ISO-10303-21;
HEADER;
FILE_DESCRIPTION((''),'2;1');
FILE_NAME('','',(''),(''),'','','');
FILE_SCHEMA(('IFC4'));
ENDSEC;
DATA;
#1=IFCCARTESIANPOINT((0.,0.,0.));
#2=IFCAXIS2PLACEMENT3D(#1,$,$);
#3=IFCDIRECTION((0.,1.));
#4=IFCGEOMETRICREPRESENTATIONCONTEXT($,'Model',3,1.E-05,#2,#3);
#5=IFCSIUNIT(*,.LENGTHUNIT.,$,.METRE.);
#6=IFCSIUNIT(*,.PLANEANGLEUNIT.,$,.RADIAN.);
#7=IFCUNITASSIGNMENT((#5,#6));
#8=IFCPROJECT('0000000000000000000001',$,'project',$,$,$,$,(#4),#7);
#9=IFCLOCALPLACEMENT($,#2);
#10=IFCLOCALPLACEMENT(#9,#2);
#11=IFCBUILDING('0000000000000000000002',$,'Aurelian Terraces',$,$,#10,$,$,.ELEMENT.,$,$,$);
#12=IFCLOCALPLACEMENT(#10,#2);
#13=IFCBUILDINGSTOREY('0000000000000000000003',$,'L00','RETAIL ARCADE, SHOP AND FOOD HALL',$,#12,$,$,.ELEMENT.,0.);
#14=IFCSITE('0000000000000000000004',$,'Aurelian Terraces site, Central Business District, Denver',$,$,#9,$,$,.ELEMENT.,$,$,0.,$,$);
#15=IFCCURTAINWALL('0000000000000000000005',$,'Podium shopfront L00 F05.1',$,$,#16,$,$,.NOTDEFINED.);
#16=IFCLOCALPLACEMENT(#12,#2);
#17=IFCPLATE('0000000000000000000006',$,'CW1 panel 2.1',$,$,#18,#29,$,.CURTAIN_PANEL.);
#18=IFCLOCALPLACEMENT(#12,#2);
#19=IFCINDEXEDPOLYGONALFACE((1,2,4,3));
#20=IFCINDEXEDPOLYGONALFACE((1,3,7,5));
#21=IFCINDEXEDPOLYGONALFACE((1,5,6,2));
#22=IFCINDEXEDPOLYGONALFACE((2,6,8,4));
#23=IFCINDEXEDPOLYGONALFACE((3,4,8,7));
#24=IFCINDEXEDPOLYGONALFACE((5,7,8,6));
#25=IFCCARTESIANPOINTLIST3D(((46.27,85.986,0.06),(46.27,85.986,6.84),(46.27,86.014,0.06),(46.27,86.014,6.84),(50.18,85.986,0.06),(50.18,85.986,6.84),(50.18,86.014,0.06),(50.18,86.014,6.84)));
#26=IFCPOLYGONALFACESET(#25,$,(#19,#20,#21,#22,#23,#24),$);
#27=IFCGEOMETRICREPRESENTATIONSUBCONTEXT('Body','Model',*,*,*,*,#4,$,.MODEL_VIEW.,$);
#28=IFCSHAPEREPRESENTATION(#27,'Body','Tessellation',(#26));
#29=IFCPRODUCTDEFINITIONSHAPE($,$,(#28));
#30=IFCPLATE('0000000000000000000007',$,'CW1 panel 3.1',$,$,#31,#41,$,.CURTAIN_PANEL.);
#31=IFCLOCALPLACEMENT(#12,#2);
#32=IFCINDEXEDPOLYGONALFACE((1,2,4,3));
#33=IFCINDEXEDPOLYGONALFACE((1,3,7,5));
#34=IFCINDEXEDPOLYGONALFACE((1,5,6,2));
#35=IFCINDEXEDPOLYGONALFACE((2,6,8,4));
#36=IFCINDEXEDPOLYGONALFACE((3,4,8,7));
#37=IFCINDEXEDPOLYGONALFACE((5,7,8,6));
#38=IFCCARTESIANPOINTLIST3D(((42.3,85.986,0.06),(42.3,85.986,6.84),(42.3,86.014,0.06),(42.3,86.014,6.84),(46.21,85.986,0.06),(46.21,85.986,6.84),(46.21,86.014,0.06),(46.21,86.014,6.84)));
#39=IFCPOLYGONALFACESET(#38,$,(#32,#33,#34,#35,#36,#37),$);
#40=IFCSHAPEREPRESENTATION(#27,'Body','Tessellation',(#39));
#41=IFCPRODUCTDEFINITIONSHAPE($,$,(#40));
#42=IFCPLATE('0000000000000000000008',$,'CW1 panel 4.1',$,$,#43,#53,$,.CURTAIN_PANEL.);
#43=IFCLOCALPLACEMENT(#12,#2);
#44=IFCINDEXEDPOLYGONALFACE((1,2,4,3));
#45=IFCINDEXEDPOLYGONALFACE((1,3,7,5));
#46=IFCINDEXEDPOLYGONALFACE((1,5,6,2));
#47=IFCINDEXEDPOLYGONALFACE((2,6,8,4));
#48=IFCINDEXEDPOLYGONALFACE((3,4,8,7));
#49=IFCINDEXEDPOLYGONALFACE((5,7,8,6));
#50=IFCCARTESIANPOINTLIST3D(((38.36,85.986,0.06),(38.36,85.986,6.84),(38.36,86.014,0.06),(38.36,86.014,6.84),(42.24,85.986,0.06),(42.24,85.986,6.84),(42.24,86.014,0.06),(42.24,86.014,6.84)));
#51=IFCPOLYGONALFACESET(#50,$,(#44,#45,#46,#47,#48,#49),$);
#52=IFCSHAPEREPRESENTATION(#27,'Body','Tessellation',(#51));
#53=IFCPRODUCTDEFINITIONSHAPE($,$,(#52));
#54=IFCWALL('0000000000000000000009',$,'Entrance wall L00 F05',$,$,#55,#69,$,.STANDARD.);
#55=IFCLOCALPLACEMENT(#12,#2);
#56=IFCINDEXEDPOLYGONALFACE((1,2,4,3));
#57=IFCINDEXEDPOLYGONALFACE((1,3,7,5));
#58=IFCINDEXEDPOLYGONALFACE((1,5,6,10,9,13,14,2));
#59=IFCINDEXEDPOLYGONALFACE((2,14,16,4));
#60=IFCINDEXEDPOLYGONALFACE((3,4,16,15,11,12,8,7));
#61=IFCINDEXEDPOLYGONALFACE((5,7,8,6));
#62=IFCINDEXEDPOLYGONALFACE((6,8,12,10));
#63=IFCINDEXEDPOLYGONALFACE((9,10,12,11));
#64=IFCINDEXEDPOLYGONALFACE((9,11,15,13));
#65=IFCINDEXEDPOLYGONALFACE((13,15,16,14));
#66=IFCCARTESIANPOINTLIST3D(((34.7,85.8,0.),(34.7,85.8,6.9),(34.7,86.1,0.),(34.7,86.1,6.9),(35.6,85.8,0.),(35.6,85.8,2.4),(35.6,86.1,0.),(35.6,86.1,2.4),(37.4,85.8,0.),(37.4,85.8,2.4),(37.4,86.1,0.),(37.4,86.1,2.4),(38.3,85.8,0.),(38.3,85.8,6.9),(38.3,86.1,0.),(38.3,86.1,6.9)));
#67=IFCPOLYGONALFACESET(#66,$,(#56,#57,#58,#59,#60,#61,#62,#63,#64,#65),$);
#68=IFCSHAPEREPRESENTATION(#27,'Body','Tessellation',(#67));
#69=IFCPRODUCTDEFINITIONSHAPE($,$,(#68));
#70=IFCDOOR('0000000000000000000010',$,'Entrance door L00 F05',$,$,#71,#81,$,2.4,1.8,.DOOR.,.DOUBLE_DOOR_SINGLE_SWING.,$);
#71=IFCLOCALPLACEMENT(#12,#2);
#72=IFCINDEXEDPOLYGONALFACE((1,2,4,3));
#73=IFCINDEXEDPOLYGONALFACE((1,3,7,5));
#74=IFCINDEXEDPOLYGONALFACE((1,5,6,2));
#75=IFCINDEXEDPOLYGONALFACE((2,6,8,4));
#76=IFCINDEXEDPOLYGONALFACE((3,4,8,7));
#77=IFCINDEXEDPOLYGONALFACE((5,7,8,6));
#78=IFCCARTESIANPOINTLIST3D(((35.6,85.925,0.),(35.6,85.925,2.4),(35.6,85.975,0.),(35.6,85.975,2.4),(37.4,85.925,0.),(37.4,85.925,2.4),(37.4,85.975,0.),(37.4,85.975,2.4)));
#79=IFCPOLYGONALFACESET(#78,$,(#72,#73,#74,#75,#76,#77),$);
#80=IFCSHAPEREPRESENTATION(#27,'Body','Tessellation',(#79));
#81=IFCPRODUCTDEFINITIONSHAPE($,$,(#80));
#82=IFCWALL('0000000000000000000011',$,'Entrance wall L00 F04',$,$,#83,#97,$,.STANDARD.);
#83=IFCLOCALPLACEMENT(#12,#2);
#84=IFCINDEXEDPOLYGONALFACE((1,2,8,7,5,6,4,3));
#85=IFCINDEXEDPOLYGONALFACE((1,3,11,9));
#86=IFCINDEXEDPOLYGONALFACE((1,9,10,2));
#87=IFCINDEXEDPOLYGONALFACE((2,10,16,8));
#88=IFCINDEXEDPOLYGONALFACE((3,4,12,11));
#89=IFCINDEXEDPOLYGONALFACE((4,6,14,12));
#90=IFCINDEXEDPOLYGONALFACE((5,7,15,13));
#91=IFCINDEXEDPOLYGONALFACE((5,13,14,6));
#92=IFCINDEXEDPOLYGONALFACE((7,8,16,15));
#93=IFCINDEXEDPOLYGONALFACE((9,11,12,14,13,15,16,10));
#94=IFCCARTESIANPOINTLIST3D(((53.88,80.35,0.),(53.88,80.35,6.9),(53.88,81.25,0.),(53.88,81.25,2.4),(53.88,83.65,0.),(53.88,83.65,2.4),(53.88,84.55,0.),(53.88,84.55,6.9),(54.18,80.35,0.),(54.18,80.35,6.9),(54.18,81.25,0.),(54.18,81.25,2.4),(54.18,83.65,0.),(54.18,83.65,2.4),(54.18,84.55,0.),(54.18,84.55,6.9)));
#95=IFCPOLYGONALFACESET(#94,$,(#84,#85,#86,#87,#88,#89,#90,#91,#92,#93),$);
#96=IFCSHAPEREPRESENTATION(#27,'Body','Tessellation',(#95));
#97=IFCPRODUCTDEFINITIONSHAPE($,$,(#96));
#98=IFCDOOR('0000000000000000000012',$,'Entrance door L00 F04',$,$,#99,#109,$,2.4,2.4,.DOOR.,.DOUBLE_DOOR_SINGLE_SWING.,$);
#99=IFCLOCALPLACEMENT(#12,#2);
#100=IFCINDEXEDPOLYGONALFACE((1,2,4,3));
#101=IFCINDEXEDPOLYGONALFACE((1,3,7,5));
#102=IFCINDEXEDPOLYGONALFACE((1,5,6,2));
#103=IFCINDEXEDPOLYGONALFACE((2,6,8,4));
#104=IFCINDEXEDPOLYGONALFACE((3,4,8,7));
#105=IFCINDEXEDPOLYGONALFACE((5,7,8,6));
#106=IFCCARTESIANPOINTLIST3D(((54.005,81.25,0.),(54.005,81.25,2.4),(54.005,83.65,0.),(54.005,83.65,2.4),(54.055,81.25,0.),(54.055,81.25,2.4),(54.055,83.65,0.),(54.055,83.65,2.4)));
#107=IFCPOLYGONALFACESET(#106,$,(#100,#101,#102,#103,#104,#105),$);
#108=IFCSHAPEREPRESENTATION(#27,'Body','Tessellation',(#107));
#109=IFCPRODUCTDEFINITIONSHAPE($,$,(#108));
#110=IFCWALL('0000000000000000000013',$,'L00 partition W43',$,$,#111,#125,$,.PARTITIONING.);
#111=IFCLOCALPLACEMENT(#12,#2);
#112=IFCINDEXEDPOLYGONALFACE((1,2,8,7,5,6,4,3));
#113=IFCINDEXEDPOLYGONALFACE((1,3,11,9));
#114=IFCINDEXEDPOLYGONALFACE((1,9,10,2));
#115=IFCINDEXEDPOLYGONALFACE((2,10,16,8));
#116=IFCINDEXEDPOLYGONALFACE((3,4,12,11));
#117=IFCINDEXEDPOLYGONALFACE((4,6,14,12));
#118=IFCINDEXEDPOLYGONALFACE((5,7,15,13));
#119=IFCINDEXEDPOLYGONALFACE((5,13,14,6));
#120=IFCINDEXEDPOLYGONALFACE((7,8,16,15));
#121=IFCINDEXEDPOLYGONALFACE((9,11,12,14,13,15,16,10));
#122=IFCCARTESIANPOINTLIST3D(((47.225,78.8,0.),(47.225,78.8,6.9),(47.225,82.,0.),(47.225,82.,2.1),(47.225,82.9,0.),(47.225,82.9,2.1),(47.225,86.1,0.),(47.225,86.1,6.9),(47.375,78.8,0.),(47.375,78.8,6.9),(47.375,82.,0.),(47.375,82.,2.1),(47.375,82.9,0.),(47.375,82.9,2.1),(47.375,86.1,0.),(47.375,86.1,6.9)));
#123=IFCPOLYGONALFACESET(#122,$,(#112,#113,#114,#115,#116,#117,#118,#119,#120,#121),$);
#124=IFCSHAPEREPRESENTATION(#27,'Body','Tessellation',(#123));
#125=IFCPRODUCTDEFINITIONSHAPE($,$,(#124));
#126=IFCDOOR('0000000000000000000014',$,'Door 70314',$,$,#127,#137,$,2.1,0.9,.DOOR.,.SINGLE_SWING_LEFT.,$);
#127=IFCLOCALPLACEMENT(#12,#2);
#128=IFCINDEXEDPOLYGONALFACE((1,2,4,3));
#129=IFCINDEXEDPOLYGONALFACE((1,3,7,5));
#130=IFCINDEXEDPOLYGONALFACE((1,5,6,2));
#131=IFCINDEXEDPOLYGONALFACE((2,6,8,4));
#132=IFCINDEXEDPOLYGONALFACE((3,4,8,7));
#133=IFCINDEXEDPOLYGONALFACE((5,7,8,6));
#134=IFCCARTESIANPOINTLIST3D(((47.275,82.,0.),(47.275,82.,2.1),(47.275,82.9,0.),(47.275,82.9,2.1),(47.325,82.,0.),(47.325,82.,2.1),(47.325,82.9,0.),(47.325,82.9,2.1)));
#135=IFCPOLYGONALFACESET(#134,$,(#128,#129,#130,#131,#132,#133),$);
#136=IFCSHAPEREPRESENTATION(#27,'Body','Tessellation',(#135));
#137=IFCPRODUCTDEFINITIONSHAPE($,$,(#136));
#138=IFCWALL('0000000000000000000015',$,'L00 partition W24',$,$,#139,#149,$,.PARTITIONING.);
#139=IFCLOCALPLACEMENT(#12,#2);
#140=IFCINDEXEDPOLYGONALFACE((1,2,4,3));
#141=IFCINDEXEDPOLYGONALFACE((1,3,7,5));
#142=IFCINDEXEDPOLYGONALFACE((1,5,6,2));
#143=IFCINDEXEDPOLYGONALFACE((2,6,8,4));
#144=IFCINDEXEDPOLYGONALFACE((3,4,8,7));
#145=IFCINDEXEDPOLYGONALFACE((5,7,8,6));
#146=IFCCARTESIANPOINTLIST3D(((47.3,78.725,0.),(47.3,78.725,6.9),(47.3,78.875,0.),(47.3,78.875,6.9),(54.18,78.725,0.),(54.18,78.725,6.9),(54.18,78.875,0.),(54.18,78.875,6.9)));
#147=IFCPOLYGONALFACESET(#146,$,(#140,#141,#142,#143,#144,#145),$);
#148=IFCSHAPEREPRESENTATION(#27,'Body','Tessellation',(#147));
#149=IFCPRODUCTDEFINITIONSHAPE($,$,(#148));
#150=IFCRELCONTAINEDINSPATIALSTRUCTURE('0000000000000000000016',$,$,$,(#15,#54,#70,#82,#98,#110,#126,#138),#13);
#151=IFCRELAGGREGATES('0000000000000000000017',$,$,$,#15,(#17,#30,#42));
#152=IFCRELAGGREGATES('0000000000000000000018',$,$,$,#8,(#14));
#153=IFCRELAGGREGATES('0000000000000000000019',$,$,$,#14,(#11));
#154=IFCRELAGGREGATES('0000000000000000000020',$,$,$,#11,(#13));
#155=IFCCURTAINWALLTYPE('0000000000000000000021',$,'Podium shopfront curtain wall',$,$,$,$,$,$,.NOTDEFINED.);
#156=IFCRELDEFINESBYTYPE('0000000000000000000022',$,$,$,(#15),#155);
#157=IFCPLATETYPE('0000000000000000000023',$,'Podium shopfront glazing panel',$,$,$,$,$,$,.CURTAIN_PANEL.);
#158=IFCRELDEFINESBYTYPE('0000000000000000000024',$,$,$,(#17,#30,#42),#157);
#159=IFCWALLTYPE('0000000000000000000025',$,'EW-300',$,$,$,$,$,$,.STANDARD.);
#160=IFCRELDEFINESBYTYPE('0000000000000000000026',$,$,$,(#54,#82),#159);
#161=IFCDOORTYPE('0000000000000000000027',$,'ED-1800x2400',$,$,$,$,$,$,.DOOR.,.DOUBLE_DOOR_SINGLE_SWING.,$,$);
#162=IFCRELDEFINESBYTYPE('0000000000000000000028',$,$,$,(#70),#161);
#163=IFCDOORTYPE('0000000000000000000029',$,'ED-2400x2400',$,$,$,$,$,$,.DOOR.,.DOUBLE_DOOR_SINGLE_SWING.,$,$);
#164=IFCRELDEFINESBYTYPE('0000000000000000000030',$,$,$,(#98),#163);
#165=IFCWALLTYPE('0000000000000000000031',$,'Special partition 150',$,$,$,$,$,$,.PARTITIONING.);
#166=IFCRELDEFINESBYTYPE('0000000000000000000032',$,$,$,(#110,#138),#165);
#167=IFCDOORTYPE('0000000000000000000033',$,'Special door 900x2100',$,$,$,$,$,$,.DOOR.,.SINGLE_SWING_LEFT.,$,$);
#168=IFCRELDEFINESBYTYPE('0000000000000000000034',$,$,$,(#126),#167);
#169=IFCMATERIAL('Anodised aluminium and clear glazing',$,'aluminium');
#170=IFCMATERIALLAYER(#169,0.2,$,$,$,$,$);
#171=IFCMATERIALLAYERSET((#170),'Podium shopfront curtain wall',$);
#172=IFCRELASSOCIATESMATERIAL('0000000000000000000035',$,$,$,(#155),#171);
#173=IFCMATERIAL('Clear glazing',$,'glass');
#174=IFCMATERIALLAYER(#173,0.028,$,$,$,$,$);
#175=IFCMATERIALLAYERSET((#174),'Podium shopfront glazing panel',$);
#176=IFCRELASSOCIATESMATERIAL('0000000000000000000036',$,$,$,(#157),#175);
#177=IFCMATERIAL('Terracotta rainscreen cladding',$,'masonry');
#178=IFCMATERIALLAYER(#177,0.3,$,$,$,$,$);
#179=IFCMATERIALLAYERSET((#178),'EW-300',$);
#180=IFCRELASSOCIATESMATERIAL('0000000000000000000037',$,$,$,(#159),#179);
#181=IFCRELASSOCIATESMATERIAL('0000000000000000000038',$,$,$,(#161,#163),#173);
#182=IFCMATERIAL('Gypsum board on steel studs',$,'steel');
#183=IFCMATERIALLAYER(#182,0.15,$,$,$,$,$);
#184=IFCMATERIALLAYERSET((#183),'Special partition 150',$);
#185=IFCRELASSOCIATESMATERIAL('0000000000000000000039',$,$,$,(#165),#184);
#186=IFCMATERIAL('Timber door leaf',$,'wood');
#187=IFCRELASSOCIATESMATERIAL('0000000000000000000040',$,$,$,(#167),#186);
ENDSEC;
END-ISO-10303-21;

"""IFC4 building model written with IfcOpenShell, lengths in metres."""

from ifc_helpers import new_model, si_unit, direction, frame, frame_2d, origin, origin_2d, place, context, subcontext, project, spatial, rectangle, extrude, source, transform, mapped, material, layer, layer_set, type_object, element, fill, aggregate, save


model = new_model("IFC4")

# Units and contexts
model_context = context("Model", 3, precision=1e-05, world=origin(), true_north=direction((0.0, 1.0)))
body_context = subcontext(model_context, "Body", "Model", "MODEL_VIEW")
ifc_project = project(units=[si_unit("LENGTHUNIT", "METRE"), si_unit("PLANEANGLEUNIT", "RADIAN")], contexts=[model_context])

# Site, building, storey
site_placement = place(None, origin())
site = spatial("IfcSite", under=ifc_project, at=site_placement, Name="Aurelian Terraces site, Central Business District, Denver", CompositionType="ELEMENT", RefElevation=0.0)
building_placement = place(site_placement, origin())
building = spatial("IfcBuilding", under=site, at=building_placement, Name="Aurelian Terraces", CompositionType="ELEMENT")
storey_placement = place(building_placement, origin())
storey = spatial("IfcBuildingStorey", under=building, at=storey_placement, Name="L00", Description="RETAIL ARCADE, SHOP AND FOOD HALL", CompositionType="ELEMENT", Elevation=0.0)

# Curtain wall
ifc_material_1 = material(Name="Anodised aluminium and clear glazing", Category="aluminium")
ifc_layer_1 = layer(ifc_material_1, 0.2)
ifc_layer_set_1 = layer_set([ifc_layer_1], Name="Podium shopfront curtain wall")
curtain_wall_type = type_object("IfcCurtainWallType", Name="Podium shopfront curtain wall", PredefinedType="NOTDEFINED", material=ifc_layer_set_1)
curtain_wall_1_placement = place(storey_placement, origin())
curtain_wall_1 = element("IfcCurtainWall", 1, at=curtain_wall_1_placement, inside=storey, type_object=curtain_wall_type, Name="Podium shopfront L00 F05.1", PredefinedType="NOTDEFINED")

# Plates
ifc_material_2 = material(Name="Clear glazing", Category="glass")
ifc_layer_2 = layer(ifc_material_2, 0.028)
ifc_layer_set_2 = layer_set([ifc_layer_2], Name="Podium shopfront glazing panel")
plate_type = type_object("IfcPlateType", Name="Podium shopfront glazing panel", PredefinedType="CURTAIN_PANEL", material=ifc_layer_set_2)
plate_1_placement = place(storey_placement, frame((48.225, 86.0, 0.06), z_axis=(0.0, 0.0, 1.0), x_axis=(-1.0, 0.0, 0.0)))
plate_1 = element("IfcPlate", 2, at=plate_1_placement, type_object=plate_type, Name="CW1 panel 2.1", PredefinedType="CURTAIN_PANEL", context=body_context, shape_type="SweptSolid", body=[
    extrude(rectangle(XDim=3.91, YDim=0.028, at=origin_2d()), origin(), (0.0, 0.0, 1.0), 6.78),
])
shared_shape_1 = source(origin(), body_context, "Body", "SweptSolid", [
    extrude(rectangle(XDim=3.91, YDim=0.028, at=origin_2d()), origin(), (0.0, 0.0, 1.0), 6.78),
])
plate_2_placement = place(storey_placement, frame((44.255, 86.0, 0.06), z_axis=(0.0, 0.0, 1.0), x_axis=(-1.0, 0.0, 0.0)))
plate_2 = element("IfcPlate", 3, at=plate_2_placement, type_object=plate_type, Name="CW1 panel 3.1", PredefinedType="CURTAIN_PANEL", context=body_context, shape_type="MappedRepresentation", body=[
    mapped(shared_shape_1, transform((0.0, 0.0, 0.0), scale=1.0)),
])
shared_shape_2 = source(origin(), body_context, "Body", "SweptSolid", [
    extrude(rectangle(XDim=3.88, YDim=0.028, at=origin_2d()), origin(), (0.0, 0.0, 1.0), 6.78),
])
plate_3_placement = place(storey_placement, frame((40.3, 86.0, 0.06), z_axis=(0.0, 0.0, 1.0), x_axis=(-1.0, 0.0, 0.0)))
plate_3 = element("IfcPlate", 4, at=plate_3_placement, type_object=plate_type, Name="CW1 panel 4.1", PredefinedType="CURTAIN_PANEL", context=body_context, shape_type="MappedRepresentation", body=[
    mapped(shared_shape_2, transform((0.0, 0.0, 0.0), scale=1.0)),
])
aggregate(curtain_wall_1, [plate_1, plate_2, plate_3])

# Walls, openings, doors
ifc_material_3 = material(Name="Terracotta rainscreen cladding", Category="masonry")
ifc_layer_3 = layer(ifc_material_3, 0.3)
ifc_layer_set_3 = layer_set([ifc_layer_3], Name="EW-300")
wall_type_1 = type_object("IfcWallType", Name="EW-300", PredefinedType="STANDARD", material=ifc_layer_set_3)
shared_shape_3 = source(origin(), body_context, "Body", "SweptSolid", [
    extrude(rectangle(XDim=3.6, YDim=0.3, at=frame_2d((1.8, 0.0))), origin(), (0.0, 0.0, 1.0), 6.9),
])
wall_1_placement = place(storey_placement, frame((38.3, 85.95, 0.0), z_axis=(0.0, 0.0, 1.0), x_axis=(-1.0, 0.0, 0.0)))
wall_1 = element("IfcWall", 5, at=wall_1_placement, inside=storey, type_object=wall_type_1, Name="Entrance wall L00 F05", PredefinedType="STANDARD", context=body_context, shape_type="MappedRepresentation", body=[
    mapped(shared_shape_3, transform((0.0, 0.0, 0.0), scale=1.0)),
])
shared_shape_4 = source(origin(), body_context, "Body", "SweptSolid", [
    extrude(rectangle(XDim=1.8, YDim=2.4, at=frame_2d((0.9, 1.2))), frame((0.0, 0.16, 0.0), z_axis=(0.0, -1.0, 0.0), x_axis=(1.0, 0.0, 0.0)), (0.0, 0.0, 1.0), 0.32),
])
opening_1_placement = place(wall_1_placement, frame((0.9, 0.0, 0.0)))
opening_1 = element("IfcOpeningElement", 6, at=opening_1_placement, cuts=wall_1, PredefinedType="OPENING", context=body_context, shape_type="MappedRepresentation", body=[
    mapped(shared_shape_4, transform((0.0, 0.0, 0.0), scale=1.0)),
])
door_type_1 = type_object("IfcDoorType", Name="ED-1800x2400", OperationType="DOUBLE_DOOR_SINGLE_SWING", PredefinedType="DOOR", material=ifc_material_2)
shared_shape_5 = source(origin(), body_context, "Body", "SweptSolid", [
    extrude(rectangle(XDim=1.8, YDim=2.4, at=frame_2d((0.9, 1.2))), frame((0.0, 0.025, 0.0), z_axis=(0.0, -1.0, 0.0), x_axis=(1.0, 0.0, 0.0)), (0.0, 0.0, 1.0), 0.05),
])
door_1_placement = place(opening_1_placement, origin())
door_1 = element("IfcDoor", 7, at=door_1_placement, inside=storey, type_object=door_type_1, Name="Entrance door L00 F05", OperationType="DOUBLE_DOOR_SINGLE_SWING", OverallHeight=2.4, OverallWidth=1.8, PredefinedType="DOOR", context=body_context, shape_type="MappedRepresentation", body=[
    mapped(shared_shape_5, transform((0.0, 0.0, 0.0), scale=1.0)),
])
fill(opening_1, door_1)
shared_shape_6 = source(origin(), body_context, "Body", "SweptSolid", [
    extrude(rectangle(XDim=4.2, YDim=0.3, at=frame_2d((2.1, 0.0))), origin(), (0.0, 0.0, 1.0), 6.9),
])
wall_2_placement = place(storey_placement, frame((54.03, 80.35, 0.0), z_axis=(0.0, 0.0, 1.0), x_axis=(0.0, 1.0, 0.0)))
wall_2 = element("IfcWall", 8, at=wall_2_placement, inside=storey, type_object=wall_type_1, Name="Entrance wall L00 F04", PredefinedType="STANDARD", context=body_context, shape_type="MappedRepresentation", body=[
    mapped(shared_shape_6, transform((0.0, 0.0, 0.0), scale=1.0)),
])
shared_shape_7 = source(origin(), body_context, "Body", "SweptSolid", [
    extrude(rectangle(XDim=2.4, YDim=2.4, at=frame_2d((1.2, 1.2))), frame((0.0, 0.16, 0.0), z_axis=(0.0, -1.0, 0.0), x_axis=(1.0, 0.0, 0.0)), (0.0, 0.0, 1.0), 0.32),
])
opening_2_placement = place(wall_2_placement, frame((0.9, 0.0, 0.0)))
opening_2 = element("IfcOpeningElement", 9, at=opening_2_placement, cuts=wall_2, PredefinedType="OPENING", context=body_context, shape_type="MappedRepresentation", body=[
    mapped(shared_shape_7, transform((0.0, 0.0, 0.0), scale=1.0)),
])
door_type_2 = type_object("IfcDoorType", Name="ED-2400x2400", OperationType="DOUBLE_DOOR_SINGLE_SWING", PredefinedType="DOOR", material=ifc_material_2)
shared_shape_8 = source(origin(), body_context, "Body", "SweptSolid", [
    extrude(rectangle(XDim=2.4, YDim=2.4, at=frame_2d((1.2, 1.2))), frame((0.0, 0.025, 0.0), z_axis=(0.0, -1.0, 0.0), x_axis=(1.0, 0.0, 0.0)), (0.0, 0.0, 1.0), 0.05),
])
door_2_placement = place(opening_2_placement, origin())
door_2 = element("IfcDoor", 10, at=door_2_placement, inside=storey, type_object=door_type_2, Name="Entrance door L00 F04", OperationType="DOUBLE_DOOR_SINGLE_SWING", OverallHeight=2.4, OverallWidth=2.4, PredefinedType="DOOR", context=body_context, shape_type="MappedRepresentation", body=[
    mapped(shared_shape_8, transform((0.0, 0.0, 0.0), scale=1.0)),
])
fill(opening_2, door_2)
ifc_material_4 = material(Name="Gypsum board on steel studs", Category="steel")
ifc_layer_4 = layer(ifc_material_4, 0.15)
ifc_layer_set_4 = layer_set([ifc_layer_4], Name="Special partition 150")
wall_type_2 = type_object("IfcWallType", Name="Special partition 150", PredefinedType="PARTITIONING", material=ifc_layer_set_4)
shared_shape_9 = source(origin(), body_context, "Body", "SweptSolid", [
    extrude(rectangle(XDim=7.3, YDim=0.15, at=frame_2d((3.65, 0.0))), origin(), (0.0, 0.0, 1.0), 6.9),
])
wall_3_placement = place(storey_placement, frame((47.3, 78.8, 0.0), z_axis=(0.0, 0.0, 1.0), x_axis=(0.0, 1.0, 0.0)))
wall_3 = element("IfcWall", 11, at=wall_3_placement, inside=storey, type_object=wall_type_2, Name="L00 partition W43", PredefinedType="PARTITIONING", context=body_context, shape_type="MappedRepresentation", body=[
    mapped(shared_shape_9, transform((0.0, 0.0, 0.0), scale=1.0)),
])
shared_shape_10 = source(origin(), body_context, "Body", "SweptSolid", [
    extrude(rectangle(XDim=0.9, YDim=2.1, at=frame_2d((0.45, 1.05))), frame((0.0, 0.085, 0.0), z_axis=(0.0, -1.0, 0.0), x_axis=(1.0, 0.0, 0.0)), (0.0, 0.0, 1.0), 0.17),
])
opening_3_placement = place(wall_3_placement, frame((3.2, 0.0, 0.0)))
opening_3 = element("IfcOpeningElement", 12, at=opening_3_placement, cuts=wall_3, PredefinedType="OPENING", context=body_context, shape_type="MappedRepresentation", body=[
    mapped(shared_shape_10, transform((0.0, 0.0, 0.0), scale=1.0)),
])
ifc_material_5 = material(Name="Timber door leaf", Category="wood")
door_type_3 = type_object("IfcDoorType", Name="Special door 900x2100", OperationType="SINGLE_SWING_LEFT", PredefinedType="DOOR", material=ifc_material_5)
shared_shape_11 = source(origin(), body_context, "Body", "SweptSolid", [
    extrude(rectangle(XDim=0.9, YDim=2.1, at=frame_2d((0.45, 1.05))), frame((0.0, 0.025, 0.0), z_axis=(0.0, -1.0, 0.0), x_axis=(1.0, 0.0, 0.0)), (0.0, 0.0, 1.0), 0.05),
])
door_3_placement = place(opening_3_placement, origin())
door_3 = element("IfcDoor", 13, at=door_3_placement, inside=storey, type_object=door_type_3, Name="Door 70314", OperationType="SINGLE_SWING_LEFT", OverallHeight=2.1, OverallWidth=0.9, PredefinedType="DOOR", context=body_context, shape_type="MappedRepresentation", body=[
    mapped(shared_shape_11, transform((0.0, 0.0, 0.0), scale=1.0)),
])
fill(opening_3, door_3)

# Wall
shared_shape_12 = source(origin(), body_context, "Body", "SweptSolid", [
    extrude(rectangle(XDim=6.88, YDim=0.15, at=frame_2d((3.44, 0.0))), origin(), (0.0, 0.0, 1.0), 6.9),
])
wall_4_placement = place(storey_placement, frame((47.3, 78.8, 0.0), z_axis=(0.0, 0.0, 1.0), x_axis=(1.0, 0.0, 0.0)))
element("IfcWall", 14, at=wall_4_placement, inside=storey, type_object=wall_type_2, Name="L00 partition W24", PredefinedType="PARTITIONING", context=body_context, shape_type="MappedRepresentation", body=[
    mapped(shared_shape_12, transform((0.0, 0.0, 0.0), scale=1.0)),
])

save(model, "model.ifc")
